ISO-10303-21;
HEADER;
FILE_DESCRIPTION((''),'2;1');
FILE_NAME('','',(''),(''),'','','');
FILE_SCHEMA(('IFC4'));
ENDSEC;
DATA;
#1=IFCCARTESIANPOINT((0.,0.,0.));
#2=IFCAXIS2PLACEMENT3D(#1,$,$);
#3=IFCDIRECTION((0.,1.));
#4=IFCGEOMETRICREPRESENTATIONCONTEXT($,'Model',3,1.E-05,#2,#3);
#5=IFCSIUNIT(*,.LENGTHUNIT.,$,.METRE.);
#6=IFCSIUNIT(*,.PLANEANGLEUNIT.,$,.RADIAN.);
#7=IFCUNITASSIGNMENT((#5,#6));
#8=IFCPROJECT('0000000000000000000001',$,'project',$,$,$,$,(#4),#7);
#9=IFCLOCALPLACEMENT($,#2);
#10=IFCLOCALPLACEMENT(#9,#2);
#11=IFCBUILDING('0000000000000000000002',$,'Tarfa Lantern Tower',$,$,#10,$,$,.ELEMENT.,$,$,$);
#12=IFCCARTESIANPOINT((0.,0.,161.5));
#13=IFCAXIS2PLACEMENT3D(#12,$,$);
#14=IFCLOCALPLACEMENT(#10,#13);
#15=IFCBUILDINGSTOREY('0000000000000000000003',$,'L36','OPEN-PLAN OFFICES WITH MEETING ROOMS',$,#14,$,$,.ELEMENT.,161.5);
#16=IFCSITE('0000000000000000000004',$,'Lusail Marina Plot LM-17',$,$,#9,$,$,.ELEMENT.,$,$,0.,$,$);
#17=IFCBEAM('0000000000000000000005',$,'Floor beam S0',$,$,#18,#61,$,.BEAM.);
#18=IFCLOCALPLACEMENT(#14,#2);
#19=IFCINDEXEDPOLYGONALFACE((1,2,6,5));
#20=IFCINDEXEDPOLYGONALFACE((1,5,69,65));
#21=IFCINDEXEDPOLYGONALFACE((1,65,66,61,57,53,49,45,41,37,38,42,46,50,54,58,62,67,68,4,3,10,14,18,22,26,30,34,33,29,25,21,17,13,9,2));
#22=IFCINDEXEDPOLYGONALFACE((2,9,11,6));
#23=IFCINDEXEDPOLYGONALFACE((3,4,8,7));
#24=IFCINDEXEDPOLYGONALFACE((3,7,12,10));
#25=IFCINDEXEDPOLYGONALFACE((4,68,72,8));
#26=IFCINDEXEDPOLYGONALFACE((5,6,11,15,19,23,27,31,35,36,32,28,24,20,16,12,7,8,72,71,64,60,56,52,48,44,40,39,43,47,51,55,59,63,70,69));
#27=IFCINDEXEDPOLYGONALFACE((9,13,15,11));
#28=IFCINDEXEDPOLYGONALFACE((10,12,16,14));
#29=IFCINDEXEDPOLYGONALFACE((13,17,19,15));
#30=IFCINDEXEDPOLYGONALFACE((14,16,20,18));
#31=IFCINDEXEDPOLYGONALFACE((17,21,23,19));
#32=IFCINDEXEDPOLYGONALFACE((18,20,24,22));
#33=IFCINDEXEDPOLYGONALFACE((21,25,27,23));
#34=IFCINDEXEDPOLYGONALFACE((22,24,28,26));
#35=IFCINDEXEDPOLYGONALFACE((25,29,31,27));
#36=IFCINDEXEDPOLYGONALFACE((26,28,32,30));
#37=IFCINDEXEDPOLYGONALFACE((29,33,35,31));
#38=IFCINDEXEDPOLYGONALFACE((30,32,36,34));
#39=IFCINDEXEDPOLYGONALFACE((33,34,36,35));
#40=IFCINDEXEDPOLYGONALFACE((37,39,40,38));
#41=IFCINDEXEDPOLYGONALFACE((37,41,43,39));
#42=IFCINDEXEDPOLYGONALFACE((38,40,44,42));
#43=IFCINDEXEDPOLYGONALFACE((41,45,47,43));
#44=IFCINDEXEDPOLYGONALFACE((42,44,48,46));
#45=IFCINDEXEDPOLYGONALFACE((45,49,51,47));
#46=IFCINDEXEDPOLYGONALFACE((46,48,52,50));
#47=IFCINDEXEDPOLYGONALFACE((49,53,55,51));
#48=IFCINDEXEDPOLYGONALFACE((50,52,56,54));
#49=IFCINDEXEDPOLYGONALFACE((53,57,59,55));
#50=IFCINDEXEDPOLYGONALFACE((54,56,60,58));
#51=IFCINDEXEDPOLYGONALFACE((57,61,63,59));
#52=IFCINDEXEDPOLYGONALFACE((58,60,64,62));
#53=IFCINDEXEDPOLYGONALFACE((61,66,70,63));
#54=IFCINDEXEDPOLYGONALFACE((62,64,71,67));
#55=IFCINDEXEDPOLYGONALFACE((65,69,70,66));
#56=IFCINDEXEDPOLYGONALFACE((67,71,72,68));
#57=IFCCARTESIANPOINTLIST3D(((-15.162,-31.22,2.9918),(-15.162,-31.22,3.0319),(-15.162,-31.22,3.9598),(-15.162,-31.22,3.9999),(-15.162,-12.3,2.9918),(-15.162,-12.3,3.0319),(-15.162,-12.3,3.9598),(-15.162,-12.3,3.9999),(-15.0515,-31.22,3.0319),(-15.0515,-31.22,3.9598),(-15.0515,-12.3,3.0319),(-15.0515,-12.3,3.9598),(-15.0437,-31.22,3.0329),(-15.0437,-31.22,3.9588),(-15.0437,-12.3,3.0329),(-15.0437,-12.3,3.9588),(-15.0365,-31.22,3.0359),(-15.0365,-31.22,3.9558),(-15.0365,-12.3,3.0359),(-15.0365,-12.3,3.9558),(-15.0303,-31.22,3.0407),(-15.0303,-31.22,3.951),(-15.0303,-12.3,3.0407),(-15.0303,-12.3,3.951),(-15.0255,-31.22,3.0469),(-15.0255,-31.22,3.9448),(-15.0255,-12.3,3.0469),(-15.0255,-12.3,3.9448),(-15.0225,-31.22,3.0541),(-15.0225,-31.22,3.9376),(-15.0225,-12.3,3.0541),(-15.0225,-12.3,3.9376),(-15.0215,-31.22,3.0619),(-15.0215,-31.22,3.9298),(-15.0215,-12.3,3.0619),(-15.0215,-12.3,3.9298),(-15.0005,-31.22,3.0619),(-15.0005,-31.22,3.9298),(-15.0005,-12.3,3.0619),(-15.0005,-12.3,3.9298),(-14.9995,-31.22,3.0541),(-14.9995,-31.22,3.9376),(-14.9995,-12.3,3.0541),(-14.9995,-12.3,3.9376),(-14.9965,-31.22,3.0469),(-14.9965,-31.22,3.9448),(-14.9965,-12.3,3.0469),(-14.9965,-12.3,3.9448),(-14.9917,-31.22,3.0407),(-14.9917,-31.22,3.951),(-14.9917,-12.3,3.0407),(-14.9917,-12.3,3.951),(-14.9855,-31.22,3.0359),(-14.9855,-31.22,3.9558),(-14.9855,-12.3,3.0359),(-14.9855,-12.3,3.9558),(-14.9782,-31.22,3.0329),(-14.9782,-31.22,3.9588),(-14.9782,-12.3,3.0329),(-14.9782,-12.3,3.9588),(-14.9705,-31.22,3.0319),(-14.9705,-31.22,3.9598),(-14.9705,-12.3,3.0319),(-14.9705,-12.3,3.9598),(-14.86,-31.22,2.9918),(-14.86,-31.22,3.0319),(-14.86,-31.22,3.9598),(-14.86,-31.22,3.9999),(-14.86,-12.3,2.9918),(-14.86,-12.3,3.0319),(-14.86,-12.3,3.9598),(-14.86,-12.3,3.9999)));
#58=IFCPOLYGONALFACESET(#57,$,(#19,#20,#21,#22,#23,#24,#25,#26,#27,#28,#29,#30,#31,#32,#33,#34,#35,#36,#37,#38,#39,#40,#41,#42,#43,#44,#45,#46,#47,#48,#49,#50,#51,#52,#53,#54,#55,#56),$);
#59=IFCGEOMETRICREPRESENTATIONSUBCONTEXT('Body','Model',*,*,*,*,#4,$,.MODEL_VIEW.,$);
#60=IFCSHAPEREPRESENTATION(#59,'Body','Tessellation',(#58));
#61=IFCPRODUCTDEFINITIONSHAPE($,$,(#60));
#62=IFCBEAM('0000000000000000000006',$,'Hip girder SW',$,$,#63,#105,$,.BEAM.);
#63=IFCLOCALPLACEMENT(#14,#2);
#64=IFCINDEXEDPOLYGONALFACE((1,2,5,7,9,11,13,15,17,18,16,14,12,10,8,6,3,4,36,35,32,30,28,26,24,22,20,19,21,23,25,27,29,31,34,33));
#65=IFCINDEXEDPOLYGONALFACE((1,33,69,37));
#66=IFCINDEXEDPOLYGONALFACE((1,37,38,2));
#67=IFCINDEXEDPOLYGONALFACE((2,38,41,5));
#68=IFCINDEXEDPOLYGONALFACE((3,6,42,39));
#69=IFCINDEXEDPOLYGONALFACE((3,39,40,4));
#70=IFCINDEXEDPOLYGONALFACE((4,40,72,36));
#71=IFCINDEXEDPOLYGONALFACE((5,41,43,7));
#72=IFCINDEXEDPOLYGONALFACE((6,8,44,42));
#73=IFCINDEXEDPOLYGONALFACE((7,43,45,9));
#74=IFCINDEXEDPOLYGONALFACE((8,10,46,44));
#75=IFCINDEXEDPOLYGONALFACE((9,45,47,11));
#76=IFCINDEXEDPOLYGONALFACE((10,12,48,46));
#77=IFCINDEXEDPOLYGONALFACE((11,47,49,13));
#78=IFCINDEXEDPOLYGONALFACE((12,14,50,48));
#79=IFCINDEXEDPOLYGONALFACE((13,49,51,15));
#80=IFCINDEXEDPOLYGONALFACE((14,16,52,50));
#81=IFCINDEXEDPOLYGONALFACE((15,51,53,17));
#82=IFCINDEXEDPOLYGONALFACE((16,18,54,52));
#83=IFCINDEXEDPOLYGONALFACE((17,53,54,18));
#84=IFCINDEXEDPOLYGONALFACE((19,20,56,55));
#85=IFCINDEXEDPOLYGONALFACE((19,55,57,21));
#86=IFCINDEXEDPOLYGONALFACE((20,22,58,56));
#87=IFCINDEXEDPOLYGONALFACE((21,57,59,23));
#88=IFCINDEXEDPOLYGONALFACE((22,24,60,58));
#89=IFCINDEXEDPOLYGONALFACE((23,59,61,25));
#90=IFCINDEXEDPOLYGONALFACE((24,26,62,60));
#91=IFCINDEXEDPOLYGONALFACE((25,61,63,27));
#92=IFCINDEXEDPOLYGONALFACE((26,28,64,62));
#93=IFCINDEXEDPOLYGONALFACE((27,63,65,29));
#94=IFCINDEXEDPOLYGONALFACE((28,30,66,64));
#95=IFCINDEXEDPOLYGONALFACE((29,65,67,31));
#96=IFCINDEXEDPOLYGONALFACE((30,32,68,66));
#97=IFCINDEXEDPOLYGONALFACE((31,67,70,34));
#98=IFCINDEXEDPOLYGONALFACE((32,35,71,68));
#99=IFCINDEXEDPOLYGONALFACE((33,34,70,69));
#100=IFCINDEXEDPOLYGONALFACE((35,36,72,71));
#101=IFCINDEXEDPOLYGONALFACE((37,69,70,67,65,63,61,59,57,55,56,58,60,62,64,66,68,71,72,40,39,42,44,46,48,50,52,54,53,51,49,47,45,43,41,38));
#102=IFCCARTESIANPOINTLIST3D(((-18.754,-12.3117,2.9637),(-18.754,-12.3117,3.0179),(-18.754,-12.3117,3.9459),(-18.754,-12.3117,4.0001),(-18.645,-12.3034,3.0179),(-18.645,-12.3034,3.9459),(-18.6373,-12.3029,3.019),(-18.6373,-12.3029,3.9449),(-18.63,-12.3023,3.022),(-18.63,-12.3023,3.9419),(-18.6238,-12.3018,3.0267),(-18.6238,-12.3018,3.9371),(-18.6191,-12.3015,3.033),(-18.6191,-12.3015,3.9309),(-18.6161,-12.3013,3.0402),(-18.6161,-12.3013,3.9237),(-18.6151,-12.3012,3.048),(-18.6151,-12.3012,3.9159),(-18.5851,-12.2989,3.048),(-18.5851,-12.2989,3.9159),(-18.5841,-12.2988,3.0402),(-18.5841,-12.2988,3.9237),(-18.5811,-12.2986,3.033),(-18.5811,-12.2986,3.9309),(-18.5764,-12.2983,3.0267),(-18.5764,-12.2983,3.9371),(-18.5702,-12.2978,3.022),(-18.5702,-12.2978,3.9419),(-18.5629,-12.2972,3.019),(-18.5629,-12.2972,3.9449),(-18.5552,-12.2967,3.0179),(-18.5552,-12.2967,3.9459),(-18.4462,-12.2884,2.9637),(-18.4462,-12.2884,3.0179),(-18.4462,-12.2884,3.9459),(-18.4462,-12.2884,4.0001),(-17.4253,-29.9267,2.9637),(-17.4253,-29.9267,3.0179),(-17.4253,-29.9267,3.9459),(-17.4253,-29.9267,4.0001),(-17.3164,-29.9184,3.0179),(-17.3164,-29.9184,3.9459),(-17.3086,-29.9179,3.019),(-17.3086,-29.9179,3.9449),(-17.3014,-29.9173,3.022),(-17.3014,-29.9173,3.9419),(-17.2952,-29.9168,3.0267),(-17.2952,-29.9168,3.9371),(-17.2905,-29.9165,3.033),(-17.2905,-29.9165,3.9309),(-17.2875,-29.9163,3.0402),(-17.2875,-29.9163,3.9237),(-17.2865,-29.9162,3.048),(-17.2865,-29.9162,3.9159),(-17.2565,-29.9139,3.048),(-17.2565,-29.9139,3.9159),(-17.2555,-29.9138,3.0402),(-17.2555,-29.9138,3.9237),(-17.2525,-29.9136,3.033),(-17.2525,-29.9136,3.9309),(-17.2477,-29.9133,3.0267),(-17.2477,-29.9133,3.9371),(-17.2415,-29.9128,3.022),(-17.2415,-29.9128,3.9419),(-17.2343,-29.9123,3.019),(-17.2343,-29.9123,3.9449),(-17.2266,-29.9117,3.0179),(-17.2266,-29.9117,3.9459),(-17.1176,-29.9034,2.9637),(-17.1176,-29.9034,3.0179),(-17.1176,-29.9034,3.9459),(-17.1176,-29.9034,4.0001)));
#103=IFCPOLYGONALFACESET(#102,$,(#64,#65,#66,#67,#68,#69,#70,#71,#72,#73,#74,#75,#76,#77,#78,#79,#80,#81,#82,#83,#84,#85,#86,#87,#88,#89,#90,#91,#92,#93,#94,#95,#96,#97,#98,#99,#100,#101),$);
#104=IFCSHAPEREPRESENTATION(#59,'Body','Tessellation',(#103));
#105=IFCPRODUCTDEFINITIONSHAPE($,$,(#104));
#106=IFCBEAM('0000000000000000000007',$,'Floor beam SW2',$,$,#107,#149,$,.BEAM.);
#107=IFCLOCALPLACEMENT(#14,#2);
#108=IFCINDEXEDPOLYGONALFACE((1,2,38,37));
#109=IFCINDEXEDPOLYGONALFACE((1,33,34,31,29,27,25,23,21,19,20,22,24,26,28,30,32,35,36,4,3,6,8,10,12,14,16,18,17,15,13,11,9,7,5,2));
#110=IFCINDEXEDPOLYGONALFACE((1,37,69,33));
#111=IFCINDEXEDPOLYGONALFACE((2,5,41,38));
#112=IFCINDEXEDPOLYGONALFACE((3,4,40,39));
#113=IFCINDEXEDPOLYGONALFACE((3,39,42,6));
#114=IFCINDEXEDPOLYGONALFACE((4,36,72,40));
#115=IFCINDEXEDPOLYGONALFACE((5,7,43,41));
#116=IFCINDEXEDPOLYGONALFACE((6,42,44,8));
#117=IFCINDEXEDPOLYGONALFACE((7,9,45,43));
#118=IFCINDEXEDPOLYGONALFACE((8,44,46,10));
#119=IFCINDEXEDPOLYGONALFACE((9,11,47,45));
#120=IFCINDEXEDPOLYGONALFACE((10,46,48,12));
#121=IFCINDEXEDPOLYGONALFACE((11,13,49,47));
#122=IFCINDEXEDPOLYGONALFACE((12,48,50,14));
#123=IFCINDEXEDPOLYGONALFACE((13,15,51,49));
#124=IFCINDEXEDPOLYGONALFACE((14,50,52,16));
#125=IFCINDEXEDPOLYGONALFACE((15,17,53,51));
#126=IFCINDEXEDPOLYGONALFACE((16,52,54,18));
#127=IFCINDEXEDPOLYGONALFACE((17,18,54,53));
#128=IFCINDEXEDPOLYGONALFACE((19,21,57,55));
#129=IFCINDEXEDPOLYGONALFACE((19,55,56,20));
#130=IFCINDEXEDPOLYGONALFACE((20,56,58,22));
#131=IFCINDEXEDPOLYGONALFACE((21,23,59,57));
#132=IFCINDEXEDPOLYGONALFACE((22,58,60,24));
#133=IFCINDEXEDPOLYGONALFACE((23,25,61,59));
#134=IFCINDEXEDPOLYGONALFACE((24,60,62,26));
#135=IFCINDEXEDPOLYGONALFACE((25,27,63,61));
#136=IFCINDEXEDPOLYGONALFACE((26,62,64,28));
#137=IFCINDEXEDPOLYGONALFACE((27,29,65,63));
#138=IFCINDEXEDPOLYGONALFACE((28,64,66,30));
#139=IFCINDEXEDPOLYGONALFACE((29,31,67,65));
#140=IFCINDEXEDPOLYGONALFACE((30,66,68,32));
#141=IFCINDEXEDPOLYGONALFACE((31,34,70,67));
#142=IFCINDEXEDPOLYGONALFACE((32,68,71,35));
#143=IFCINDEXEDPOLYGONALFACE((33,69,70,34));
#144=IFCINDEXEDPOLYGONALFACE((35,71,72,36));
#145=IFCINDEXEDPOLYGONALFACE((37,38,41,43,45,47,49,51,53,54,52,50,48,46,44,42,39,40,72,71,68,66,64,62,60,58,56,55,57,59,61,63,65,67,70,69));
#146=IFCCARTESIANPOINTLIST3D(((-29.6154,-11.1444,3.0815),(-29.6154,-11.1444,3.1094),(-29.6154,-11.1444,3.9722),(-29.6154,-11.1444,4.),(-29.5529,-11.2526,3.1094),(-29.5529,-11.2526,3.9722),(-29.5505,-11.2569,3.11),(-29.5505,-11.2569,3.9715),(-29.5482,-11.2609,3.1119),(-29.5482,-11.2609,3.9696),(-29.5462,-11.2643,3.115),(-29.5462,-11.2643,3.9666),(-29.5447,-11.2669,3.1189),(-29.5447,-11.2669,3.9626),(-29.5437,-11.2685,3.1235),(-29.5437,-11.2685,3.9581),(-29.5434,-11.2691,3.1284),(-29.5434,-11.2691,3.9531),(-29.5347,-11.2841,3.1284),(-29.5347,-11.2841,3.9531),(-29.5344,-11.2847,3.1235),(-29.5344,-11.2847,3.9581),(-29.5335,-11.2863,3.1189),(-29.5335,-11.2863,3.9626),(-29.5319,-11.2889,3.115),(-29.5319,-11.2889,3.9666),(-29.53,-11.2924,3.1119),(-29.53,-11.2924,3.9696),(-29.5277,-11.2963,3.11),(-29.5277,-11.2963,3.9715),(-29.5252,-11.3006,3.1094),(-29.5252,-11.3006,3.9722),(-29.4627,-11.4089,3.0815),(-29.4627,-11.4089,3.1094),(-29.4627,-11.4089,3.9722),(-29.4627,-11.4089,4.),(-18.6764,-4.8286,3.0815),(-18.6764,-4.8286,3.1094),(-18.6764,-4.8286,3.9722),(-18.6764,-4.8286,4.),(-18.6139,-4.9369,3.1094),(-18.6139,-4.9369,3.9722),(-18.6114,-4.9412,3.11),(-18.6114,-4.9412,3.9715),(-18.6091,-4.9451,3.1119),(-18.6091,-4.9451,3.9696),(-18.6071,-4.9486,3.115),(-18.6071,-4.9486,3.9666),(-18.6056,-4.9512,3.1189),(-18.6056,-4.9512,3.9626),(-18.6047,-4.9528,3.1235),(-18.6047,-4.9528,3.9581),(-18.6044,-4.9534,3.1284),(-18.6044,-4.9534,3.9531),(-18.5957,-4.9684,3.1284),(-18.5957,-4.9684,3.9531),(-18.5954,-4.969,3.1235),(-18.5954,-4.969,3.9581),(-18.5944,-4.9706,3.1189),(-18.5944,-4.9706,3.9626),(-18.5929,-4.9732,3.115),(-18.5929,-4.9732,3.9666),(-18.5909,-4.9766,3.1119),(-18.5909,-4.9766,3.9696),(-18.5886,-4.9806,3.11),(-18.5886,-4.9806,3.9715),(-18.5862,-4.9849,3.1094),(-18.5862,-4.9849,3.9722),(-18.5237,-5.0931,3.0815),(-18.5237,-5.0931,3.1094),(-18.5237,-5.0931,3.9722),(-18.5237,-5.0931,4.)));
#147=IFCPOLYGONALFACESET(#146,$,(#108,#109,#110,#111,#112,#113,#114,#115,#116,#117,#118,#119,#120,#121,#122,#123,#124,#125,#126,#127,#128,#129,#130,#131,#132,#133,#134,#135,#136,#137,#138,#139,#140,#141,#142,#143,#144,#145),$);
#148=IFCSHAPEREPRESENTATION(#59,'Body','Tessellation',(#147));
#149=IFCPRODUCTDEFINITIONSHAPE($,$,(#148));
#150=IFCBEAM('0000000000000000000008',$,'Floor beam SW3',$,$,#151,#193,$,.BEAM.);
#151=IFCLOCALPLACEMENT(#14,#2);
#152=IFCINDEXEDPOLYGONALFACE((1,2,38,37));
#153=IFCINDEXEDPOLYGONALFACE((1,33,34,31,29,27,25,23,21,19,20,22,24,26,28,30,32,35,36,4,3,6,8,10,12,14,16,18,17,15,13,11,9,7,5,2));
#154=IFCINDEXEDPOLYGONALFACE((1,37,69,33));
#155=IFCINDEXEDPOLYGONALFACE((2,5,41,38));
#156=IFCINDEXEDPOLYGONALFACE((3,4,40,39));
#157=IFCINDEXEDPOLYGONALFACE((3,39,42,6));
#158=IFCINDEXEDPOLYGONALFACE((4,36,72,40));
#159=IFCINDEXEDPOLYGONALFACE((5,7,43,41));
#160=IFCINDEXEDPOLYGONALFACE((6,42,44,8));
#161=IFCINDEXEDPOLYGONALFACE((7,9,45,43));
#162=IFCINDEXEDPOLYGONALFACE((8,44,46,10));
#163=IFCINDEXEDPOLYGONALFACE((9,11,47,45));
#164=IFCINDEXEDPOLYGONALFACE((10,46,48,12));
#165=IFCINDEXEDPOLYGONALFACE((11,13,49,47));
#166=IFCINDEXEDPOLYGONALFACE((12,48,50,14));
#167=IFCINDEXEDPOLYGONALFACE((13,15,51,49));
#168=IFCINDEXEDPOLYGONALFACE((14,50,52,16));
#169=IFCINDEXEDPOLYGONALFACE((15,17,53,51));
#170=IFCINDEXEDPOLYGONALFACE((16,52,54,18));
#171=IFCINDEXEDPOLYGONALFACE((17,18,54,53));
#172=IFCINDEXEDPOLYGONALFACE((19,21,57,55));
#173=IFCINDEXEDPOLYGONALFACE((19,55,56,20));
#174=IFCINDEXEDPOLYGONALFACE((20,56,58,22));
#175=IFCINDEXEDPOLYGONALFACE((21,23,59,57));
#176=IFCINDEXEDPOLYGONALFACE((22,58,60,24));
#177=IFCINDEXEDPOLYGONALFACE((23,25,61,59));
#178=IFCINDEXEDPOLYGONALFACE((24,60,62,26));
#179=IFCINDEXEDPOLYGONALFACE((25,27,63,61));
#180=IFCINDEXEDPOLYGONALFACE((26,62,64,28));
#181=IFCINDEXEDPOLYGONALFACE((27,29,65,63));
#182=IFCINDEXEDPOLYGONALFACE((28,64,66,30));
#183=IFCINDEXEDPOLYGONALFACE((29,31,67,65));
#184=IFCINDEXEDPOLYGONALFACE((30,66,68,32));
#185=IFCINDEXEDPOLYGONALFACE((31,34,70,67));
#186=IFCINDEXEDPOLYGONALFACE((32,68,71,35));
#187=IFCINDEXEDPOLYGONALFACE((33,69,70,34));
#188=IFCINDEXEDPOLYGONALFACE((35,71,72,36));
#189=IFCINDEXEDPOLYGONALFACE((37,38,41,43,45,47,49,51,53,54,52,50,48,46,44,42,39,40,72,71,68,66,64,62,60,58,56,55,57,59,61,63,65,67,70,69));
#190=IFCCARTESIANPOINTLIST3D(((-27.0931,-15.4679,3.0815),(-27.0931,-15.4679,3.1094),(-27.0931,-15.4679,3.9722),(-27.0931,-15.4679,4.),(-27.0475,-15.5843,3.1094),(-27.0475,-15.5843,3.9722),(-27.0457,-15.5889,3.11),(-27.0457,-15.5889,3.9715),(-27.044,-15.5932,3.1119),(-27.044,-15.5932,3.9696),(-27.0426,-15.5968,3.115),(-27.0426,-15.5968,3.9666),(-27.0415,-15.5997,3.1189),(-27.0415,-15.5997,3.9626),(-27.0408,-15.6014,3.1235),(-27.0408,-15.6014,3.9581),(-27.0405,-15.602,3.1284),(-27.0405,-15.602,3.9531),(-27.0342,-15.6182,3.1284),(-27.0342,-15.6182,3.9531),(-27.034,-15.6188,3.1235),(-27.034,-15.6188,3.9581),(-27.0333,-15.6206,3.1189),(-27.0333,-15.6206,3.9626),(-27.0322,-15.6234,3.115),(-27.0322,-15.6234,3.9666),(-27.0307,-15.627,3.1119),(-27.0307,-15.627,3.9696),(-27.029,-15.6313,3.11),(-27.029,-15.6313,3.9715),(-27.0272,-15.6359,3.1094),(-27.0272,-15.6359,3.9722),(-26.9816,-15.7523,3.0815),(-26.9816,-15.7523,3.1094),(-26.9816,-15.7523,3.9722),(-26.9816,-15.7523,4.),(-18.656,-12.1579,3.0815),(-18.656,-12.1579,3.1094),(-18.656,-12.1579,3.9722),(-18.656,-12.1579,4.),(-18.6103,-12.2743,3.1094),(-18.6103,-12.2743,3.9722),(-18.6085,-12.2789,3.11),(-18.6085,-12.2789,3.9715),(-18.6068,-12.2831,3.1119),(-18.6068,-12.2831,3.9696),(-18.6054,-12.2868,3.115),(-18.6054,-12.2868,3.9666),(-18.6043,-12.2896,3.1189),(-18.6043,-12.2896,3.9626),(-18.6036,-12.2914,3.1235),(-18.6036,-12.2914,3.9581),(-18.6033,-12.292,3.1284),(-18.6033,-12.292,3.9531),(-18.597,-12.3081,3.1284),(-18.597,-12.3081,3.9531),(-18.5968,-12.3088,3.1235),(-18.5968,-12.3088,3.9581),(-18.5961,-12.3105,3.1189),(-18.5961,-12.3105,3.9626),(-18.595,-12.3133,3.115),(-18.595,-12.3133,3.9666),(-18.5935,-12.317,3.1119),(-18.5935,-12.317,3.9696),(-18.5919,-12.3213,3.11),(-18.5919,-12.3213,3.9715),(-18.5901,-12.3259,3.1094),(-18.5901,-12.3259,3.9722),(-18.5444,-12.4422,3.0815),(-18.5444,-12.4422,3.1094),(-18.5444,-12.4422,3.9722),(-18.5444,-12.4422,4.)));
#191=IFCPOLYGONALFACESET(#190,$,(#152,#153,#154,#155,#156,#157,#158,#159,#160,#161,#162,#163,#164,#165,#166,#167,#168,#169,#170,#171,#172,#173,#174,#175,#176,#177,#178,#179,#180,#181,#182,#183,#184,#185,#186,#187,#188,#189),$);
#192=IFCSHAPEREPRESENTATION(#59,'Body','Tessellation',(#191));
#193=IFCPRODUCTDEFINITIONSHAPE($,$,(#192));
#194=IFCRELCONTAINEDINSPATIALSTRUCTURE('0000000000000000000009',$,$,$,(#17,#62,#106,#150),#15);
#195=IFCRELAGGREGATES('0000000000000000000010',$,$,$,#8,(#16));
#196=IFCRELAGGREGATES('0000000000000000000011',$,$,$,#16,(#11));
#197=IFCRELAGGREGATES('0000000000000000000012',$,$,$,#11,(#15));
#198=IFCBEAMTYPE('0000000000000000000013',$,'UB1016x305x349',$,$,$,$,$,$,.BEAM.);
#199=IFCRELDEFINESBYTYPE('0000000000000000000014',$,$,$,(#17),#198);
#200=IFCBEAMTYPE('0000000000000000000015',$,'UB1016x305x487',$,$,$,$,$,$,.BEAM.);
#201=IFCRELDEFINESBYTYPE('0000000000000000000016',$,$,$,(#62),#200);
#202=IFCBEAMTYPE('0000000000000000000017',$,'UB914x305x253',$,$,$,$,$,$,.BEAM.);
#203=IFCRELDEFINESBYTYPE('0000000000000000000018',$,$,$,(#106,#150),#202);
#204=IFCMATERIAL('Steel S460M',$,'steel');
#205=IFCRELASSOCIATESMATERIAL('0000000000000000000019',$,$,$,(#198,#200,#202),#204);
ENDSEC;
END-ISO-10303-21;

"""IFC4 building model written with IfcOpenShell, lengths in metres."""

from ifc_helpers import new_model, si_unit, direction, frame, origin, origin_2d, place, context, subcontext, project, spatial, i_section, extrude, material, material_profile, profile_set, type_object, element, save


model = new_model("IFC4")

# Units and contexts
model_context = context("Model", 3, precision=1e-05, world=origin(), true_north=direction((0.0, 1.0)))
body_context = subcontext(model_context, "Body", "Model", "MODEL_VIEW")
ifc_project = project(units=[si_unit("LENGTHUNIT", "METRE"), si_unit("PLANEANGLEUNIT", "RADIAN")], contexts=[model_context])

# Site, building, storey
site_placement = place(None, origin())
site = spatial("IfcSite", under=ifc_project, at=site_placement, Name="Lusail Marina Plot LM-17", CompositionType="ELEMENT", RefElevation=0.0)
building_placement = place(site_placement, origin())
building = spatial("IfcBuilding", under=site, at=building_placement, Name="Tarfa Lantern Tower", CompositionType="ELEMENT")
storey_placement = place(building_placement, frame((0.0, 0.0, 161.5)))
storey = spatial("IfcBuildingStorey", under=building, at=storey_placement, Name="L36", Description="OPEN-PLAN OFFICES WITH MEETING ROOMS", CompositionType="ELEMENT", Elevation=161.5)

# Beams
ifc_material_1 = material(Name="Steel S460M", Category="steel")
ifc_material_profile_1 = material_profile(ifc_material_1, i_section(OverallWidth=0.302, OverallDepth=1.0081, WebThickness=0.021, FlangeThickness=0.04, FilletRadius=0.03, at=origin_2d()), Name="UB1016x305x349")
ifc_profile_set_1 = profile_set([ifc_material_profile_1], Name="Steel S460M")
beam_type_1 = type_object("IfcBeamType", Name="UB1016x305x349", PredefinedType="BEAM", material=ifc_profile_set_1)
beam_1_placement = place(storey_placement, frame((-15.011, -31.22, 3.4958), z_axis=(0.0, 1.0, 0.0), x_axis=(-1.0, 0.0, 0.0)))
element("IfcBeam", 1, at=beam_1_placement, inside=storey, type_object=beam_type_1, Name="Floor beam S0", PredefinedType="BEAM", context=body_context, shape_type="SweptSolid", body=[
    extrude(i_section(OverallWidth=0.302, OverallDepth=1.0081, WebThickness=0.021, FlangeThickness=0.04, FilletRadius=0.03, at=origin_2d()), origin(), (0.0, 0.0, 1.0), 18.9199),
])
ifc_material_profile_2 = material_profile(ifc_material_1, i_section(OverallWidth=0.3086, OverallDepth=1.0364, WebThickness=0.03, FlangeThickness=0.0542, FilletRadius=0.03, at=origin_2d()), Name="UB1016x305x487")
ifc_profile_set_2 = profile_set([ifc_material_profile_2], Name="Steel S460M")
beam_type_2 = type_object("IfcBeamType", Name="UB1016x305x487", PredefinedType="BEAM", material=ifc_profile_set_2)
beam_2_placement = place(storey_placement, frame((-18.6001, -12.3, 3.4819), z_axis=(0.075212, -0.997168, 0.0), x_axis=(0.997168, 0.075212, 0.0)))
element("IfcBeam", 2, at=beam_2_placement, inside=storey, type_object=beam_type_2, Name="Hip girder SW", PredefinedType="BEAM", context=body_context, shape_type="SweptSolid", body=[
    extrude(i_section(OverallWidth=0.3086, OverallDepth=1.0364, WebThickness=0.03, FlangeThickness=0.0542, FilletRadius=0.03, at=origin_2d()), origin(), (0.0, 0.0, 1.0), 17.665),
])
ifc_material_profile_3 = material_profile(ifc_material_1, i_section(OverallWidth=0.3054, OverallDepth=0.9185, WebThickness=0.0173, FlangeThickness=0.0278, FilletRadius=0.019, at=origin_2d()), Name="UB914x305x253")
ifc_profile_set_3 = profile_set([ifc_material_profile_3], Name="Steel S460M")
beam_type_3 = type_object("IfcBeamType", Name="UB914x305x253", PredefinedType="BEAM", material=ifc_profile_set_3)
beam_3_placement = place(storey_placement, frame((-29.5391, -11.2766, 3.5408), z_axis=(0.866023, 0.500004, 0.0), x_axis=(-0.500004, 0.866023, 0.0)))
element("IfcBeam", 3, at=beam_3_placement, inside=storey, type_object=beam_type_3, Name="Floor beam SW2", PredefinedType="BEAM", context=body_context, shape_type="SweptSolid", body=[
    extrude(i_section(OverallWidth=0.3054, OverallDepth=0.9185, WebThickness=0.0173, FlangeThickness=0.0278, FilletRadius=0.019, at=origin_2d()), origin(), (0.0, 0.0, 1.0), 12.6313),
])
beam_4_placement = place(storey_placement, frame((-27.0374, -15.6101, 3.5408), z_axis=(0.930923, 0.365215, 0.0), x_axis=(-0.365215, 0.930923, 0.0)))
element("IfcBeam", 4, at=beam_4_placement, inside=storey, type_object=beam_type_3, Name="Floor beam SW3", PredefinedType="BEAM", context=body_context, shape_type="SweptSolid", body=[
    extrude(i_section(OverallWidth=0.3054, OverallDepth=0.9185, WebThickness=0.0173, FlangeThickness=0.0278, FilletRadius=0.019, at=origin_2d()), origin(), (0.0, 0.0, 1.0), 9.0632),
])

save(model, "model.ifc")
